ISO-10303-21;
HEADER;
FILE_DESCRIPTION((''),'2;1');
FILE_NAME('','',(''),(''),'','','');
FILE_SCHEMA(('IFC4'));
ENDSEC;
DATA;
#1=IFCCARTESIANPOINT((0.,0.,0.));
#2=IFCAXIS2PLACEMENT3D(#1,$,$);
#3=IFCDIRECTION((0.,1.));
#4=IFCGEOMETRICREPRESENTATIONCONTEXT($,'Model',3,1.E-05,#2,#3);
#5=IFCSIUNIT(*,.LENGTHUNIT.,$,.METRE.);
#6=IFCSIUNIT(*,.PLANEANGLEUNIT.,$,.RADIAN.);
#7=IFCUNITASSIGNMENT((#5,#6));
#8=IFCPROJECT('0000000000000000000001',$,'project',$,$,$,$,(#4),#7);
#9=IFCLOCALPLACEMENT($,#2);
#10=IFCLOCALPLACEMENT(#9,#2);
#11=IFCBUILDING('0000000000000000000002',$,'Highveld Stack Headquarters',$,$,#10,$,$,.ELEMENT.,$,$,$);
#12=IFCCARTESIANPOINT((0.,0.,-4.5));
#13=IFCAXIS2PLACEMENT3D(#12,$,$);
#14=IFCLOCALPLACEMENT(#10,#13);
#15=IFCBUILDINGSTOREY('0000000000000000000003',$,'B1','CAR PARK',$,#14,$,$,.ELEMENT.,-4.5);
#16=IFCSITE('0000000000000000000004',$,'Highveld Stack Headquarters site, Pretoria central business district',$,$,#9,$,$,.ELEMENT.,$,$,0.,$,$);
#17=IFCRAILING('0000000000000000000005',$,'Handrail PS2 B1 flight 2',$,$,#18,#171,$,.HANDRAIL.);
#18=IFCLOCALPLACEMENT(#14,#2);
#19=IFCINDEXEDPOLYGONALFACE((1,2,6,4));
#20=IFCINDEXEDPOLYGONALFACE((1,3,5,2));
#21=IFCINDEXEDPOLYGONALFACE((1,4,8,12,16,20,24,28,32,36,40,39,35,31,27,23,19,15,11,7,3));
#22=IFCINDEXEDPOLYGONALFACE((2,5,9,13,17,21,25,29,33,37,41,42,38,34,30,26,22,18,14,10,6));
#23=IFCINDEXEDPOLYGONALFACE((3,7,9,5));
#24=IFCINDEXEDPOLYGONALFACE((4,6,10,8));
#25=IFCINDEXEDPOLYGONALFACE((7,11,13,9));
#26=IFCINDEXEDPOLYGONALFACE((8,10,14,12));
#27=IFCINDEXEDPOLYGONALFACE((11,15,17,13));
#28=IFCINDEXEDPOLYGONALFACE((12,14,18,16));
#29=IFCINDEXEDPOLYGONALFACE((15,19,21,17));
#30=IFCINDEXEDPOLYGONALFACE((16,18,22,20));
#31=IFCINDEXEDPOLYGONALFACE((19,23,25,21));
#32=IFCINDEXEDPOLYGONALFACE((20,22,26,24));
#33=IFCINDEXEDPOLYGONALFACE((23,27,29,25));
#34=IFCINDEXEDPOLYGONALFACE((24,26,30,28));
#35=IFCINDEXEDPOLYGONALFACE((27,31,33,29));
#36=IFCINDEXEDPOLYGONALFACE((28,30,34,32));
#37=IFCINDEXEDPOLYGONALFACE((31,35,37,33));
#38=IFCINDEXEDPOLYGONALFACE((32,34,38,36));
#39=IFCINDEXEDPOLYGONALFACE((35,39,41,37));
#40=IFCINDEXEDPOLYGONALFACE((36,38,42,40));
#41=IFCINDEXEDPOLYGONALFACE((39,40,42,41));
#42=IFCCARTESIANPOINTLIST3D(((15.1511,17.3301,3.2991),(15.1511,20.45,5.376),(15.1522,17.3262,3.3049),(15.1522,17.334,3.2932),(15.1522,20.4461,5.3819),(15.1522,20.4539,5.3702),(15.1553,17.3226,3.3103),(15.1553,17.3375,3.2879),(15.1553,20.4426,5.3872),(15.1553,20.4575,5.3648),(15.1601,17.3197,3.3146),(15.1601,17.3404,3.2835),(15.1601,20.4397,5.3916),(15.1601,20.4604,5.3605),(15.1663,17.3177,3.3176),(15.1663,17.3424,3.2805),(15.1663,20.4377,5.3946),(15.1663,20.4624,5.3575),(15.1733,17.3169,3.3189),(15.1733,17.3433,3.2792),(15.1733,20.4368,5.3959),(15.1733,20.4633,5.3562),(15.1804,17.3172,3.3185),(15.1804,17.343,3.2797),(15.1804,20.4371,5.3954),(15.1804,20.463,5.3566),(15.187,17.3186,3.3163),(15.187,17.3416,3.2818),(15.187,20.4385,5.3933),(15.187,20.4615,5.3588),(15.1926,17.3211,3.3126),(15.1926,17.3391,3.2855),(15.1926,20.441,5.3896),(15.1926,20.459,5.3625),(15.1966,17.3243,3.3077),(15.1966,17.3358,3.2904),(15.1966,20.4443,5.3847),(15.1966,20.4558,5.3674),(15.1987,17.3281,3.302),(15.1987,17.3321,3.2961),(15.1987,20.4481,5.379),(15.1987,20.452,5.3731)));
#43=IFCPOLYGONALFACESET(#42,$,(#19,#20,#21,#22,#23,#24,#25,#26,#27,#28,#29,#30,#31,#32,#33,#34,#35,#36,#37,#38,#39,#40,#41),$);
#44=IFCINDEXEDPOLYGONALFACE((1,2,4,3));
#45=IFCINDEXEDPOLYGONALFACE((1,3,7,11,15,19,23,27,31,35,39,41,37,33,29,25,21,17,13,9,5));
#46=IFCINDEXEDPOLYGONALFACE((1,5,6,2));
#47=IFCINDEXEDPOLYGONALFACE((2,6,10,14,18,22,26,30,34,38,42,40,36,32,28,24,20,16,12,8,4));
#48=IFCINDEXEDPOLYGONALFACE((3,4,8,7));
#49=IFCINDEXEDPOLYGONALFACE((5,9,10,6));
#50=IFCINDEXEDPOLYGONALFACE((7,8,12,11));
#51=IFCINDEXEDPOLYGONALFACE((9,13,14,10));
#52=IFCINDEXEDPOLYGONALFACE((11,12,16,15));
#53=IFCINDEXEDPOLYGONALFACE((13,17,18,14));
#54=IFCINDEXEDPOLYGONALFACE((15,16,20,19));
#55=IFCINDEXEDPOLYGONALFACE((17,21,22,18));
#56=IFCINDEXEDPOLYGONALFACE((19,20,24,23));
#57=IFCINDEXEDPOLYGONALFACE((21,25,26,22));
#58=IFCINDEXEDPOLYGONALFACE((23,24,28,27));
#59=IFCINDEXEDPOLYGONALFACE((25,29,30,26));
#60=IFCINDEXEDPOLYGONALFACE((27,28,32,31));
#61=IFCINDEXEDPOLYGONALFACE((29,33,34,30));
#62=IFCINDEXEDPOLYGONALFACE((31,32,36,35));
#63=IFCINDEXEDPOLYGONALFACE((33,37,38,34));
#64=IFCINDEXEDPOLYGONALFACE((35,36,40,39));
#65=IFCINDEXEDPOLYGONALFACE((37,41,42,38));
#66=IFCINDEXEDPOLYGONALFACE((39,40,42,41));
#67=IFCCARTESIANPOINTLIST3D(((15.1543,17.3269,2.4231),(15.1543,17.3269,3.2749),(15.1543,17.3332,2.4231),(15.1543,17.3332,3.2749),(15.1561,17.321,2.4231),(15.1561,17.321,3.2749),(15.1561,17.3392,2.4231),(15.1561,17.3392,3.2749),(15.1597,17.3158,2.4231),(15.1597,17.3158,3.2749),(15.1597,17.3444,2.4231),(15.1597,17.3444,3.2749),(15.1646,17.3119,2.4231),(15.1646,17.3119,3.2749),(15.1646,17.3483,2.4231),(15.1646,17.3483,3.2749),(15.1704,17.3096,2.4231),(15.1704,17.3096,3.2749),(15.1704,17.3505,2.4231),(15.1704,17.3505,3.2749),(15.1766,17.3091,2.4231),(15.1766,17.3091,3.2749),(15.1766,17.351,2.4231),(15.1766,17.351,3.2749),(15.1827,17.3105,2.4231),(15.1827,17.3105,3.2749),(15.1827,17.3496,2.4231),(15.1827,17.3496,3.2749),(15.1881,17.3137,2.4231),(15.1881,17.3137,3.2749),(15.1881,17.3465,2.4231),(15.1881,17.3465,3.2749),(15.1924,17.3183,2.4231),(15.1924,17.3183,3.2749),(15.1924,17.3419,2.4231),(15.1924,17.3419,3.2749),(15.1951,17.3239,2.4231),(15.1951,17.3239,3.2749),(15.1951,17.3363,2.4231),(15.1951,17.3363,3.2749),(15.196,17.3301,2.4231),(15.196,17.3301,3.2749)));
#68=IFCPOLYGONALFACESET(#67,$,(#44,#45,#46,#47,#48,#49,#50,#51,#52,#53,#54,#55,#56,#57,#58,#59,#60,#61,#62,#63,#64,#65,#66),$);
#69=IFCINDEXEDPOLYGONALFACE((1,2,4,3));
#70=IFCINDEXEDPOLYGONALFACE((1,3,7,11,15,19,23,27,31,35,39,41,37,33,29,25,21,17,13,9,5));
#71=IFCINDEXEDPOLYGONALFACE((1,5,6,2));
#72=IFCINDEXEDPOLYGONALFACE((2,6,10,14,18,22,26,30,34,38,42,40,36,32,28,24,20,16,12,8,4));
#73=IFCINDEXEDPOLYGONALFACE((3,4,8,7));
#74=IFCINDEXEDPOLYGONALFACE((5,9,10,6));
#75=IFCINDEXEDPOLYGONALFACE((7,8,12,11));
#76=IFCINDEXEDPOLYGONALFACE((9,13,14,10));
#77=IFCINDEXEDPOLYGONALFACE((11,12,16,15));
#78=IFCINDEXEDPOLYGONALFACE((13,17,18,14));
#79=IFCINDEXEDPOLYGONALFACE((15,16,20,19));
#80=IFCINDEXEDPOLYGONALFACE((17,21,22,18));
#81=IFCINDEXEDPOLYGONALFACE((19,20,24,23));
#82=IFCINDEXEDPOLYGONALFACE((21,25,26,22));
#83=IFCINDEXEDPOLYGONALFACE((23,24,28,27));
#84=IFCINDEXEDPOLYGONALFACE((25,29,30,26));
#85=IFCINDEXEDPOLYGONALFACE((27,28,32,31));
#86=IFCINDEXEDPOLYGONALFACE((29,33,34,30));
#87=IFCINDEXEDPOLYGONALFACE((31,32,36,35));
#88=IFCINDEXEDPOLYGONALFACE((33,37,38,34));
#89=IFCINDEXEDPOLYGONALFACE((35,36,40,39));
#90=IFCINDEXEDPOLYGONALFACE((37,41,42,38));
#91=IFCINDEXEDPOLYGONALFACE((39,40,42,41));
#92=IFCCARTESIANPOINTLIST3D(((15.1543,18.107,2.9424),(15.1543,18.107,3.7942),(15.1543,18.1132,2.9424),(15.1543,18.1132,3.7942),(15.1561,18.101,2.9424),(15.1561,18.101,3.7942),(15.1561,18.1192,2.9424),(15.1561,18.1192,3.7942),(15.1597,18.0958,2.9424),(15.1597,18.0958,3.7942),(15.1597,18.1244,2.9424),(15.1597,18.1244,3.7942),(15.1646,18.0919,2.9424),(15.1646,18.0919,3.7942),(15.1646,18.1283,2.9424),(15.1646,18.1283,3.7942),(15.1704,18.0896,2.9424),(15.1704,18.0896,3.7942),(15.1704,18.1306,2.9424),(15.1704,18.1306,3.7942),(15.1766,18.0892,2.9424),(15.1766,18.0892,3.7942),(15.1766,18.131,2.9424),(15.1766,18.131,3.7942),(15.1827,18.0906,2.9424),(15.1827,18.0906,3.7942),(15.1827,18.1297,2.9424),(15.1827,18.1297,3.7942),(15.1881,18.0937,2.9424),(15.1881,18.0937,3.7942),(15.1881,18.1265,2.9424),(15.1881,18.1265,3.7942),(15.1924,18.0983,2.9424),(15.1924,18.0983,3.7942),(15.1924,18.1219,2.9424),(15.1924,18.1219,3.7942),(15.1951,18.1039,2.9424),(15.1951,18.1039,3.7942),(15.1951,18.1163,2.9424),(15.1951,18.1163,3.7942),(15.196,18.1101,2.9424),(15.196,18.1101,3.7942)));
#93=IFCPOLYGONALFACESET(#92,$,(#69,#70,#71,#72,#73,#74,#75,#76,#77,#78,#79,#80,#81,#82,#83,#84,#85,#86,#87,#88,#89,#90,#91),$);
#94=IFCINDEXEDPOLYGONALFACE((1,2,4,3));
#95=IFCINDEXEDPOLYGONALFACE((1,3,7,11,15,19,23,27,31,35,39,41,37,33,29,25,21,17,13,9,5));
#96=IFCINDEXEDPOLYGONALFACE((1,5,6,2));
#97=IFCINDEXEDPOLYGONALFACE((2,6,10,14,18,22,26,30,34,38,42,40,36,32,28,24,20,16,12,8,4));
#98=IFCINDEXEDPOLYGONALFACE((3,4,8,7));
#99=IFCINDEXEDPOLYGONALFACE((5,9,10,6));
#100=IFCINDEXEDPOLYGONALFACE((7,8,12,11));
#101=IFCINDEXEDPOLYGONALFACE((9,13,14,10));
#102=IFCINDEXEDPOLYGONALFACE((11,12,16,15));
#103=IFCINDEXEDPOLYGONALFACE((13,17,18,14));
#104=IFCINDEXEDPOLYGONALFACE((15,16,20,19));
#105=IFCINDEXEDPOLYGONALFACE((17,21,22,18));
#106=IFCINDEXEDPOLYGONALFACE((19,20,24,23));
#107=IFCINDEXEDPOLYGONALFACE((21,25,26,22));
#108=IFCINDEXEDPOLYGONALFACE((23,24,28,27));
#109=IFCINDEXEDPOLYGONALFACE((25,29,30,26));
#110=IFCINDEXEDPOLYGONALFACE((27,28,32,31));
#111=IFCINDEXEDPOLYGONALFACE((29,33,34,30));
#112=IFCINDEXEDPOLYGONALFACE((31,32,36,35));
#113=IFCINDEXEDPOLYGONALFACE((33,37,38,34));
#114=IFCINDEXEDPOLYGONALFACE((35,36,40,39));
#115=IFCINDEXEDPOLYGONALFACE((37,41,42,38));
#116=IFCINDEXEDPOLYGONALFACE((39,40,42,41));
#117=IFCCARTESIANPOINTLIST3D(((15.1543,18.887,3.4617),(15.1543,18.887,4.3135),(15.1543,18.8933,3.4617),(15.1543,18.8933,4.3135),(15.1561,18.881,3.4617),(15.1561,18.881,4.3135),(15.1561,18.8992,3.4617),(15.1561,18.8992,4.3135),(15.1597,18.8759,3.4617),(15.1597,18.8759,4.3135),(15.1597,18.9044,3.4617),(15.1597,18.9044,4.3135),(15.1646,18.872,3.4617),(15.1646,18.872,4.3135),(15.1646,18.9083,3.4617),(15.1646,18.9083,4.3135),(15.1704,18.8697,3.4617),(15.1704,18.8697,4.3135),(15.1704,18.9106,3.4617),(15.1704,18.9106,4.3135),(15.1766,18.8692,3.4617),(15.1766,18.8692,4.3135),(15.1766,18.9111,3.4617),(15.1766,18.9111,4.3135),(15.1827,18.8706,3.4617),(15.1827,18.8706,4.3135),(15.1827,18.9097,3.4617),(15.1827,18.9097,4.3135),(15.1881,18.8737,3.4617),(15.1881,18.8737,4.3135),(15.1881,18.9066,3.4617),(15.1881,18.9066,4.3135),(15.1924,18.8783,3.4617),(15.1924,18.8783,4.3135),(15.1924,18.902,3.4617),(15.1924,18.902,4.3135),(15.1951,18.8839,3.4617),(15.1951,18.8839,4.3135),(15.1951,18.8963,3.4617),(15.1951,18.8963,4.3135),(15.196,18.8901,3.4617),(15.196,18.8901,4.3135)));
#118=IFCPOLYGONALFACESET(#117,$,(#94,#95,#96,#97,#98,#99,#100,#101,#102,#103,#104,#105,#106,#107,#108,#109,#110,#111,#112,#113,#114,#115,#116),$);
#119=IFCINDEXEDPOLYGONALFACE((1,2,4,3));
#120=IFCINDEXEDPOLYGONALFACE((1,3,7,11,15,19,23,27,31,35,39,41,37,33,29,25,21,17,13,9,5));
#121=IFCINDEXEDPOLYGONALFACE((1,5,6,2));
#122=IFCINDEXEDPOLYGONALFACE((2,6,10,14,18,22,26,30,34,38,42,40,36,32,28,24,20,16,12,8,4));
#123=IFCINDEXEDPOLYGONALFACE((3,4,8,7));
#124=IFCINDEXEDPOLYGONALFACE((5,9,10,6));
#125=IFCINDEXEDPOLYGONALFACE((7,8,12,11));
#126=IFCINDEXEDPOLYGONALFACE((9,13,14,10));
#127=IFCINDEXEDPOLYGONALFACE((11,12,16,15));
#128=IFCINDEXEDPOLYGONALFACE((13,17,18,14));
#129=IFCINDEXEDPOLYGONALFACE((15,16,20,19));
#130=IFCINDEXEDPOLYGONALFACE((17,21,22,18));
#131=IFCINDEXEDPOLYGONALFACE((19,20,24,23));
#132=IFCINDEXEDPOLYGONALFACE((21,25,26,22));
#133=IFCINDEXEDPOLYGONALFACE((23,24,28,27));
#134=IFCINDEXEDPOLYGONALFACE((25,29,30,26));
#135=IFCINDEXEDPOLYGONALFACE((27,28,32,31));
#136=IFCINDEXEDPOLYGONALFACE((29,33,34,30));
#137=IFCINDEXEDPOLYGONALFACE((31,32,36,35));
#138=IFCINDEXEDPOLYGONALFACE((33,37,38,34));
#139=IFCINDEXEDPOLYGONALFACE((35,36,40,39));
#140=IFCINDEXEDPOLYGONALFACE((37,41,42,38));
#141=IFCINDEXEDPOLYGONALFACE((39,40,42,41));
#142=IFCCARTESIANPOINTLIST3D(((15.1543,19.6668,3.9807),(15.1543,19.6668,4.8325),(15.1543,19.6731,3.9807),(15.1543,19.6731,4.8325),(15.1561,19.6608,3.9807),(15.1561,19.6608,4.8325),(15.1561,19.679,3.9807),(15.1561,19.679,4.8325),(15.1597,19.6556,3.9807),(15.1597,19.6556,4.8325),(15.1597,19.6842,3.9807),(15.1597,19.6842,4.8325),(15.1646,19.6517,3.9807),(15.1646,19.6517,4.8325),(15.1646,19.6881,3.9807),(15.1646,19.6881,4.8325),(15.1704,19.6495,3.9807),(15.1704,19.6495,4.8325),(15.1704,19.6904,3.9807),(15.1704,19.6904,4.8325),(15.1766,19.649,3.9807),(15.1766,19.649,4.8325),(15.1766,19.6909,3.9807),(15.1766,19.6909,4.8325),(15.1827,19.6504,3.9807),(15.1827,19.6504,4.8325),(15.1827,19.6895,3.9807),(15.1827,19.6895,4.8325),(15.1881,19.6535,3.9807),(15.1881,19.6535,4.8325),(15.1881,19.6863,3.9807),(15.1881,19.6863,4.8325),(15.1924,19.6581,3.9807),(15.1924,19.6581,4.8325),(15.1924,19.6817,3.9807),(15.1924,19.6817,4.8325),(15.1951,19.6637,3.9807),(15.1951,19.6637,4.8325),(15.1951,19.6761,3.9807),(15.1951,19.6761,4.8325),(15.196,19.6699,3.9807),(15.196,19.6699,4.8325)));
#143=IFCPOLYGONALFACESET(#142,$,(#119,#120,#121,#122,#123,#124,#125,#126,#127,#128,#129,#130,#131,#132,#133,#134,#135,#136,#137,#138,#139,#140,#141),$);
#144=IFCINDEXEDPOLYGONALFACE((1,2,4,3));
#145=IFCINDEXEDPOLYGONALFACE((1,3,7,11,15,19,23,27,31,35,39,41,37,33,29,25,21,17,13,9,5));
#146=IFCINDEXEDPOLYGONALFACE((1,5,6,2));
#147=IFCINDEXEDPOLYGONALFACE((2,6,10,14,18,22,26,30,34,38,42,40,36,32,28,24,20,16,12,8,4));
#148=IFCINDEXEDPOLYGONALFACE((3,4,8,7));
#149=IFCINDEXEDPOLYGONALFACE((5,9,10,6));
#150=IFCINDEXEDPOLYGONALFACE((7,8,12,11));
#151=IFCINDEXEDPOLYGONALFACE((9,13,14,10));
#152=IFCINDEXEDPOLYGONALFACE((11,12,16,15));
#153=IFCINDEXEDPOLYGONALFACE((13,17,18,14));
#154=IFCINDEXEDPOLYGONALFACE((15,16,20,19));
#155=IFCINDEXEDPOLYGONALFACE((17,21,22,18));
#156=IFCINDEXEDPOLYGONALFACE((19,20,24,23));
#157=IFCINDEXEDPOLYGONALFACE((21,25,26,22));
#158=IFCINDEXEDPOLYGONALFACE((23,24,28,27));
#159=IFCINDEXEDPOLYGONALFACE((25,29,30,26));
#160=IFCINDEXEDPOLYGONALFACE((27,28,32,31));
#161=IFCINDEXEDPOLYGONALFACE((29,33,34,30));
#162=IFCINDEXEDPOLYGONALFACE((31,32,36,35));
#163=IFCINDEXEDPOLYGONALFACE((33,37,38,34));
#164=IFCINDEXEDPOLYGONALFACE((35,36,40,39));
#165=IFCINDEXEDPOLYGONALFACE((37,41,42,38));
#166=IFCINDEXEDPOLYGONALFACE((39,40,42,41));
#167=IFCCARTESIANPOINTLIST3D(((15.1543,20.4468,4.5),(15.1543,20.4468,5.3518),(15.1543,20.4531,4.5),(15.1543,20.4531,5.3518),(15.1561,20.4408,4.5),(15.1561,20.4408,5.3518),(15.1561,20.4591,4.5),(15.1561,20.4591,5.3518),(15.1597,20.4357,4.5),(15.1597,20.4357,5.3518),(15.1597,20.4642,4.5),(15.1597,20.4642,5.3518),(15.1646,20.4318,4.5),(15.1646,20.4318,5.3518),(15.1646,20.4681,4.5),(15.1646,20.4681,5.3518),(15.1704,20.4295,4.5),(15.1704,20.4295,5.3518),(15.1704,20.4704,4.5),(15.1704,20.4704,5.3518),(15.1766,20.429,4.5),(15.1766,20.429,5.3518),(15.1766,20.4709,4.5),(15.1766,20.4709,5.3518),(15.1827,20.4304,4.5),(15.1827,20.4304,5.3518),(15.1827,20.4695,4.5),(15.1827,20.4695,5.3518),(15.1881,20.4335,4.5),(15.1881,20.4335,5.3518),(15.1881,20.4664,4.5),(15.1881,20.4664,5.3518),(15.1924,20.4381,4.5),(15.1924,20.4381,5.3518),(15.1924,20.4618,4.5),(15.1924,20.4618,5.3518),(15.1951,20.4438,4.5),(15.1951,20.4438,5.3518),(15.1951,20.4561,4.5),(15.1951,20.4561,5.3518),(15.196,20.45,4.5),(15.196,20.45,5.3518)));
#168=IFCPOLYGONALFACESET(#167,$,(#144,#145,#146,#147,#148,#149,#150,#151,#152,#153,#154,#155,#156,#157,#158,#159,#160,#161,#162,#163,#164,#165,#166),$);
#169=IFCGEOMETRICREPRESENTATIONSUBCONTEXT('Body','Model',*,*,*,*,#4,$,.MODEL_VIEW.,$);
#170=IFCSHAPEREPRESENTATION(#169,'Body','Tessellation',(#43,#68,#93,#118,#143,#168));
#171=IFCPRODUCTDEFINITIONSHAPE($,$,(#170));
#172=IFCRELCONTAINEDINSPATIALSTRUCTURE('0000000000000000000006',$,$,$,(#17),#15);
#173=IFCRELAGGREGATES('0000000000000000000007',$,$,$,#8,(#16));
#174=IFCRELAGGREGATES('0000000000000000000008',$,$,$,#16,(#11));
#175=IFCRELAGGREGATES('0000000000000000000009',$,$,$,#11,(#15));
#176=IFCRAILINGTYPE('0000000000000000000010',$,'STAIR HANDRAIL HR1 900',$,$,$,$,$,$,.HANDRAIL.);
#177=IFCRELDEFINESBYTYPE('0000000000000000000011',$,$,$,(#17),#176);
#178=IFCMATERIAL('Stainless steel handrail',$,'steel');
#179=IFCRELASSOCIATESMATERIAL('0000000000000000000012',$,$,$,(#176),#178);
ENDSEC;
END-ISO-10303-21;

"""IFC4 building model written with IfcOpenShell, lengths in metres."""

from ifc_helpers import new_model, si_unit, direction, frame, origin, origin_2d, place, context, subcontext, project, spatial, circle, extrude, material, type_object, element, save


model = new_model("IFC4")

# Units and contexts
model_context = context("Model", 3, precision=1e-05, world=origin(), true_north=direction((0.0, 1.0)))
body_context = subcontext(model_context, "Body", "Model", "MODEL_VIEW")
ifc_project = project(units=[si_unit("LENGTHUNIT", "METRE"), si_unit("PLANEANGLEUNIT", "RADIAN")], contexts=[model_context])

# Site, building, storey
site_placement = place(None, origin())
site = spatial("IfcSite", under=ifc_project, at=site_placement, Name="Highveld Stack Headquarters site, Pretoria central business district", CompositionType="ELEMENT", RefElevation=0.0)
building_placement = place(site_placement, origin())
building = spatial("IfcBuilding", under=site, at=building_placement, Name="Highveld Stack Headquarters", CompositionType="ELEMENT")
storey_placement = place(building_placement, frame((0.0, 0.0, -4.5)))
storey = spatial("IfcBuildingStorey", under=building, at=storey_placement, Name="B1", Description="CAR PARK", CompositionType="ELEMENT", Elevation=-4.5)

# Railing
ifc_material_1 = material(Name="Stainless steel handrail", Category="steel")
railing_type = type_object("IfcRailingType", Name="STAIR HANDRAIL HR1 900", PredefinedType="HANDRAIL", material=ifc_material_1)
for number, where, name in (
    (1, (15.175, 17.3301, 2.4231), "Handrail PS2 B1 flight 2"),
):
    element("IfcRailing", number, at=place(storey_placement, frame(where)), inside=storey, type_object=railing_type, Name=name, PredefinedType="HANDRAIL", context=body_context, shape_type="SweptSolid", body=[
        extrude(circle(Radius=0.0239, at=origin_2d()), frame((0.0, 0.0, 0.876), z_axis=(0.0, 0.832421, 0.554144), x_axis=(-1.0, 0.0, 0.0)), (0.0, 0.0, 1.0), 3.748),
        extrude(circle(Radius=0.021, at=origin_2d()), origin(), (0.0, 0.0, 1.0), 0.8518),
        extrude(circle(Radius=0.021, at=origin_2d()), frame((0.0, 0.78, 0.5193)), (0.0, 0.0, 1.0), 0.8518),
        extrude(circle(Radius=0.021, at=origin_2d()), frame((0.0, 1.5601, 1.0386)), (0.0, 0.0, 1.0), 0.8518),
        extrude(circle(Radius=0.021, at=origin_2d()), frame((0.0, 2.3398, 1.5576)), (0.0, 0.0, 1.0), 0.8518),
        extrude(circle(Radius=0.021, at=origin_2d()), frame((0.0, 3.1199, 2.0769)), (0.0, 0.0, 1.0), 0.8518),
    ])

save(model, "model.ifc")
